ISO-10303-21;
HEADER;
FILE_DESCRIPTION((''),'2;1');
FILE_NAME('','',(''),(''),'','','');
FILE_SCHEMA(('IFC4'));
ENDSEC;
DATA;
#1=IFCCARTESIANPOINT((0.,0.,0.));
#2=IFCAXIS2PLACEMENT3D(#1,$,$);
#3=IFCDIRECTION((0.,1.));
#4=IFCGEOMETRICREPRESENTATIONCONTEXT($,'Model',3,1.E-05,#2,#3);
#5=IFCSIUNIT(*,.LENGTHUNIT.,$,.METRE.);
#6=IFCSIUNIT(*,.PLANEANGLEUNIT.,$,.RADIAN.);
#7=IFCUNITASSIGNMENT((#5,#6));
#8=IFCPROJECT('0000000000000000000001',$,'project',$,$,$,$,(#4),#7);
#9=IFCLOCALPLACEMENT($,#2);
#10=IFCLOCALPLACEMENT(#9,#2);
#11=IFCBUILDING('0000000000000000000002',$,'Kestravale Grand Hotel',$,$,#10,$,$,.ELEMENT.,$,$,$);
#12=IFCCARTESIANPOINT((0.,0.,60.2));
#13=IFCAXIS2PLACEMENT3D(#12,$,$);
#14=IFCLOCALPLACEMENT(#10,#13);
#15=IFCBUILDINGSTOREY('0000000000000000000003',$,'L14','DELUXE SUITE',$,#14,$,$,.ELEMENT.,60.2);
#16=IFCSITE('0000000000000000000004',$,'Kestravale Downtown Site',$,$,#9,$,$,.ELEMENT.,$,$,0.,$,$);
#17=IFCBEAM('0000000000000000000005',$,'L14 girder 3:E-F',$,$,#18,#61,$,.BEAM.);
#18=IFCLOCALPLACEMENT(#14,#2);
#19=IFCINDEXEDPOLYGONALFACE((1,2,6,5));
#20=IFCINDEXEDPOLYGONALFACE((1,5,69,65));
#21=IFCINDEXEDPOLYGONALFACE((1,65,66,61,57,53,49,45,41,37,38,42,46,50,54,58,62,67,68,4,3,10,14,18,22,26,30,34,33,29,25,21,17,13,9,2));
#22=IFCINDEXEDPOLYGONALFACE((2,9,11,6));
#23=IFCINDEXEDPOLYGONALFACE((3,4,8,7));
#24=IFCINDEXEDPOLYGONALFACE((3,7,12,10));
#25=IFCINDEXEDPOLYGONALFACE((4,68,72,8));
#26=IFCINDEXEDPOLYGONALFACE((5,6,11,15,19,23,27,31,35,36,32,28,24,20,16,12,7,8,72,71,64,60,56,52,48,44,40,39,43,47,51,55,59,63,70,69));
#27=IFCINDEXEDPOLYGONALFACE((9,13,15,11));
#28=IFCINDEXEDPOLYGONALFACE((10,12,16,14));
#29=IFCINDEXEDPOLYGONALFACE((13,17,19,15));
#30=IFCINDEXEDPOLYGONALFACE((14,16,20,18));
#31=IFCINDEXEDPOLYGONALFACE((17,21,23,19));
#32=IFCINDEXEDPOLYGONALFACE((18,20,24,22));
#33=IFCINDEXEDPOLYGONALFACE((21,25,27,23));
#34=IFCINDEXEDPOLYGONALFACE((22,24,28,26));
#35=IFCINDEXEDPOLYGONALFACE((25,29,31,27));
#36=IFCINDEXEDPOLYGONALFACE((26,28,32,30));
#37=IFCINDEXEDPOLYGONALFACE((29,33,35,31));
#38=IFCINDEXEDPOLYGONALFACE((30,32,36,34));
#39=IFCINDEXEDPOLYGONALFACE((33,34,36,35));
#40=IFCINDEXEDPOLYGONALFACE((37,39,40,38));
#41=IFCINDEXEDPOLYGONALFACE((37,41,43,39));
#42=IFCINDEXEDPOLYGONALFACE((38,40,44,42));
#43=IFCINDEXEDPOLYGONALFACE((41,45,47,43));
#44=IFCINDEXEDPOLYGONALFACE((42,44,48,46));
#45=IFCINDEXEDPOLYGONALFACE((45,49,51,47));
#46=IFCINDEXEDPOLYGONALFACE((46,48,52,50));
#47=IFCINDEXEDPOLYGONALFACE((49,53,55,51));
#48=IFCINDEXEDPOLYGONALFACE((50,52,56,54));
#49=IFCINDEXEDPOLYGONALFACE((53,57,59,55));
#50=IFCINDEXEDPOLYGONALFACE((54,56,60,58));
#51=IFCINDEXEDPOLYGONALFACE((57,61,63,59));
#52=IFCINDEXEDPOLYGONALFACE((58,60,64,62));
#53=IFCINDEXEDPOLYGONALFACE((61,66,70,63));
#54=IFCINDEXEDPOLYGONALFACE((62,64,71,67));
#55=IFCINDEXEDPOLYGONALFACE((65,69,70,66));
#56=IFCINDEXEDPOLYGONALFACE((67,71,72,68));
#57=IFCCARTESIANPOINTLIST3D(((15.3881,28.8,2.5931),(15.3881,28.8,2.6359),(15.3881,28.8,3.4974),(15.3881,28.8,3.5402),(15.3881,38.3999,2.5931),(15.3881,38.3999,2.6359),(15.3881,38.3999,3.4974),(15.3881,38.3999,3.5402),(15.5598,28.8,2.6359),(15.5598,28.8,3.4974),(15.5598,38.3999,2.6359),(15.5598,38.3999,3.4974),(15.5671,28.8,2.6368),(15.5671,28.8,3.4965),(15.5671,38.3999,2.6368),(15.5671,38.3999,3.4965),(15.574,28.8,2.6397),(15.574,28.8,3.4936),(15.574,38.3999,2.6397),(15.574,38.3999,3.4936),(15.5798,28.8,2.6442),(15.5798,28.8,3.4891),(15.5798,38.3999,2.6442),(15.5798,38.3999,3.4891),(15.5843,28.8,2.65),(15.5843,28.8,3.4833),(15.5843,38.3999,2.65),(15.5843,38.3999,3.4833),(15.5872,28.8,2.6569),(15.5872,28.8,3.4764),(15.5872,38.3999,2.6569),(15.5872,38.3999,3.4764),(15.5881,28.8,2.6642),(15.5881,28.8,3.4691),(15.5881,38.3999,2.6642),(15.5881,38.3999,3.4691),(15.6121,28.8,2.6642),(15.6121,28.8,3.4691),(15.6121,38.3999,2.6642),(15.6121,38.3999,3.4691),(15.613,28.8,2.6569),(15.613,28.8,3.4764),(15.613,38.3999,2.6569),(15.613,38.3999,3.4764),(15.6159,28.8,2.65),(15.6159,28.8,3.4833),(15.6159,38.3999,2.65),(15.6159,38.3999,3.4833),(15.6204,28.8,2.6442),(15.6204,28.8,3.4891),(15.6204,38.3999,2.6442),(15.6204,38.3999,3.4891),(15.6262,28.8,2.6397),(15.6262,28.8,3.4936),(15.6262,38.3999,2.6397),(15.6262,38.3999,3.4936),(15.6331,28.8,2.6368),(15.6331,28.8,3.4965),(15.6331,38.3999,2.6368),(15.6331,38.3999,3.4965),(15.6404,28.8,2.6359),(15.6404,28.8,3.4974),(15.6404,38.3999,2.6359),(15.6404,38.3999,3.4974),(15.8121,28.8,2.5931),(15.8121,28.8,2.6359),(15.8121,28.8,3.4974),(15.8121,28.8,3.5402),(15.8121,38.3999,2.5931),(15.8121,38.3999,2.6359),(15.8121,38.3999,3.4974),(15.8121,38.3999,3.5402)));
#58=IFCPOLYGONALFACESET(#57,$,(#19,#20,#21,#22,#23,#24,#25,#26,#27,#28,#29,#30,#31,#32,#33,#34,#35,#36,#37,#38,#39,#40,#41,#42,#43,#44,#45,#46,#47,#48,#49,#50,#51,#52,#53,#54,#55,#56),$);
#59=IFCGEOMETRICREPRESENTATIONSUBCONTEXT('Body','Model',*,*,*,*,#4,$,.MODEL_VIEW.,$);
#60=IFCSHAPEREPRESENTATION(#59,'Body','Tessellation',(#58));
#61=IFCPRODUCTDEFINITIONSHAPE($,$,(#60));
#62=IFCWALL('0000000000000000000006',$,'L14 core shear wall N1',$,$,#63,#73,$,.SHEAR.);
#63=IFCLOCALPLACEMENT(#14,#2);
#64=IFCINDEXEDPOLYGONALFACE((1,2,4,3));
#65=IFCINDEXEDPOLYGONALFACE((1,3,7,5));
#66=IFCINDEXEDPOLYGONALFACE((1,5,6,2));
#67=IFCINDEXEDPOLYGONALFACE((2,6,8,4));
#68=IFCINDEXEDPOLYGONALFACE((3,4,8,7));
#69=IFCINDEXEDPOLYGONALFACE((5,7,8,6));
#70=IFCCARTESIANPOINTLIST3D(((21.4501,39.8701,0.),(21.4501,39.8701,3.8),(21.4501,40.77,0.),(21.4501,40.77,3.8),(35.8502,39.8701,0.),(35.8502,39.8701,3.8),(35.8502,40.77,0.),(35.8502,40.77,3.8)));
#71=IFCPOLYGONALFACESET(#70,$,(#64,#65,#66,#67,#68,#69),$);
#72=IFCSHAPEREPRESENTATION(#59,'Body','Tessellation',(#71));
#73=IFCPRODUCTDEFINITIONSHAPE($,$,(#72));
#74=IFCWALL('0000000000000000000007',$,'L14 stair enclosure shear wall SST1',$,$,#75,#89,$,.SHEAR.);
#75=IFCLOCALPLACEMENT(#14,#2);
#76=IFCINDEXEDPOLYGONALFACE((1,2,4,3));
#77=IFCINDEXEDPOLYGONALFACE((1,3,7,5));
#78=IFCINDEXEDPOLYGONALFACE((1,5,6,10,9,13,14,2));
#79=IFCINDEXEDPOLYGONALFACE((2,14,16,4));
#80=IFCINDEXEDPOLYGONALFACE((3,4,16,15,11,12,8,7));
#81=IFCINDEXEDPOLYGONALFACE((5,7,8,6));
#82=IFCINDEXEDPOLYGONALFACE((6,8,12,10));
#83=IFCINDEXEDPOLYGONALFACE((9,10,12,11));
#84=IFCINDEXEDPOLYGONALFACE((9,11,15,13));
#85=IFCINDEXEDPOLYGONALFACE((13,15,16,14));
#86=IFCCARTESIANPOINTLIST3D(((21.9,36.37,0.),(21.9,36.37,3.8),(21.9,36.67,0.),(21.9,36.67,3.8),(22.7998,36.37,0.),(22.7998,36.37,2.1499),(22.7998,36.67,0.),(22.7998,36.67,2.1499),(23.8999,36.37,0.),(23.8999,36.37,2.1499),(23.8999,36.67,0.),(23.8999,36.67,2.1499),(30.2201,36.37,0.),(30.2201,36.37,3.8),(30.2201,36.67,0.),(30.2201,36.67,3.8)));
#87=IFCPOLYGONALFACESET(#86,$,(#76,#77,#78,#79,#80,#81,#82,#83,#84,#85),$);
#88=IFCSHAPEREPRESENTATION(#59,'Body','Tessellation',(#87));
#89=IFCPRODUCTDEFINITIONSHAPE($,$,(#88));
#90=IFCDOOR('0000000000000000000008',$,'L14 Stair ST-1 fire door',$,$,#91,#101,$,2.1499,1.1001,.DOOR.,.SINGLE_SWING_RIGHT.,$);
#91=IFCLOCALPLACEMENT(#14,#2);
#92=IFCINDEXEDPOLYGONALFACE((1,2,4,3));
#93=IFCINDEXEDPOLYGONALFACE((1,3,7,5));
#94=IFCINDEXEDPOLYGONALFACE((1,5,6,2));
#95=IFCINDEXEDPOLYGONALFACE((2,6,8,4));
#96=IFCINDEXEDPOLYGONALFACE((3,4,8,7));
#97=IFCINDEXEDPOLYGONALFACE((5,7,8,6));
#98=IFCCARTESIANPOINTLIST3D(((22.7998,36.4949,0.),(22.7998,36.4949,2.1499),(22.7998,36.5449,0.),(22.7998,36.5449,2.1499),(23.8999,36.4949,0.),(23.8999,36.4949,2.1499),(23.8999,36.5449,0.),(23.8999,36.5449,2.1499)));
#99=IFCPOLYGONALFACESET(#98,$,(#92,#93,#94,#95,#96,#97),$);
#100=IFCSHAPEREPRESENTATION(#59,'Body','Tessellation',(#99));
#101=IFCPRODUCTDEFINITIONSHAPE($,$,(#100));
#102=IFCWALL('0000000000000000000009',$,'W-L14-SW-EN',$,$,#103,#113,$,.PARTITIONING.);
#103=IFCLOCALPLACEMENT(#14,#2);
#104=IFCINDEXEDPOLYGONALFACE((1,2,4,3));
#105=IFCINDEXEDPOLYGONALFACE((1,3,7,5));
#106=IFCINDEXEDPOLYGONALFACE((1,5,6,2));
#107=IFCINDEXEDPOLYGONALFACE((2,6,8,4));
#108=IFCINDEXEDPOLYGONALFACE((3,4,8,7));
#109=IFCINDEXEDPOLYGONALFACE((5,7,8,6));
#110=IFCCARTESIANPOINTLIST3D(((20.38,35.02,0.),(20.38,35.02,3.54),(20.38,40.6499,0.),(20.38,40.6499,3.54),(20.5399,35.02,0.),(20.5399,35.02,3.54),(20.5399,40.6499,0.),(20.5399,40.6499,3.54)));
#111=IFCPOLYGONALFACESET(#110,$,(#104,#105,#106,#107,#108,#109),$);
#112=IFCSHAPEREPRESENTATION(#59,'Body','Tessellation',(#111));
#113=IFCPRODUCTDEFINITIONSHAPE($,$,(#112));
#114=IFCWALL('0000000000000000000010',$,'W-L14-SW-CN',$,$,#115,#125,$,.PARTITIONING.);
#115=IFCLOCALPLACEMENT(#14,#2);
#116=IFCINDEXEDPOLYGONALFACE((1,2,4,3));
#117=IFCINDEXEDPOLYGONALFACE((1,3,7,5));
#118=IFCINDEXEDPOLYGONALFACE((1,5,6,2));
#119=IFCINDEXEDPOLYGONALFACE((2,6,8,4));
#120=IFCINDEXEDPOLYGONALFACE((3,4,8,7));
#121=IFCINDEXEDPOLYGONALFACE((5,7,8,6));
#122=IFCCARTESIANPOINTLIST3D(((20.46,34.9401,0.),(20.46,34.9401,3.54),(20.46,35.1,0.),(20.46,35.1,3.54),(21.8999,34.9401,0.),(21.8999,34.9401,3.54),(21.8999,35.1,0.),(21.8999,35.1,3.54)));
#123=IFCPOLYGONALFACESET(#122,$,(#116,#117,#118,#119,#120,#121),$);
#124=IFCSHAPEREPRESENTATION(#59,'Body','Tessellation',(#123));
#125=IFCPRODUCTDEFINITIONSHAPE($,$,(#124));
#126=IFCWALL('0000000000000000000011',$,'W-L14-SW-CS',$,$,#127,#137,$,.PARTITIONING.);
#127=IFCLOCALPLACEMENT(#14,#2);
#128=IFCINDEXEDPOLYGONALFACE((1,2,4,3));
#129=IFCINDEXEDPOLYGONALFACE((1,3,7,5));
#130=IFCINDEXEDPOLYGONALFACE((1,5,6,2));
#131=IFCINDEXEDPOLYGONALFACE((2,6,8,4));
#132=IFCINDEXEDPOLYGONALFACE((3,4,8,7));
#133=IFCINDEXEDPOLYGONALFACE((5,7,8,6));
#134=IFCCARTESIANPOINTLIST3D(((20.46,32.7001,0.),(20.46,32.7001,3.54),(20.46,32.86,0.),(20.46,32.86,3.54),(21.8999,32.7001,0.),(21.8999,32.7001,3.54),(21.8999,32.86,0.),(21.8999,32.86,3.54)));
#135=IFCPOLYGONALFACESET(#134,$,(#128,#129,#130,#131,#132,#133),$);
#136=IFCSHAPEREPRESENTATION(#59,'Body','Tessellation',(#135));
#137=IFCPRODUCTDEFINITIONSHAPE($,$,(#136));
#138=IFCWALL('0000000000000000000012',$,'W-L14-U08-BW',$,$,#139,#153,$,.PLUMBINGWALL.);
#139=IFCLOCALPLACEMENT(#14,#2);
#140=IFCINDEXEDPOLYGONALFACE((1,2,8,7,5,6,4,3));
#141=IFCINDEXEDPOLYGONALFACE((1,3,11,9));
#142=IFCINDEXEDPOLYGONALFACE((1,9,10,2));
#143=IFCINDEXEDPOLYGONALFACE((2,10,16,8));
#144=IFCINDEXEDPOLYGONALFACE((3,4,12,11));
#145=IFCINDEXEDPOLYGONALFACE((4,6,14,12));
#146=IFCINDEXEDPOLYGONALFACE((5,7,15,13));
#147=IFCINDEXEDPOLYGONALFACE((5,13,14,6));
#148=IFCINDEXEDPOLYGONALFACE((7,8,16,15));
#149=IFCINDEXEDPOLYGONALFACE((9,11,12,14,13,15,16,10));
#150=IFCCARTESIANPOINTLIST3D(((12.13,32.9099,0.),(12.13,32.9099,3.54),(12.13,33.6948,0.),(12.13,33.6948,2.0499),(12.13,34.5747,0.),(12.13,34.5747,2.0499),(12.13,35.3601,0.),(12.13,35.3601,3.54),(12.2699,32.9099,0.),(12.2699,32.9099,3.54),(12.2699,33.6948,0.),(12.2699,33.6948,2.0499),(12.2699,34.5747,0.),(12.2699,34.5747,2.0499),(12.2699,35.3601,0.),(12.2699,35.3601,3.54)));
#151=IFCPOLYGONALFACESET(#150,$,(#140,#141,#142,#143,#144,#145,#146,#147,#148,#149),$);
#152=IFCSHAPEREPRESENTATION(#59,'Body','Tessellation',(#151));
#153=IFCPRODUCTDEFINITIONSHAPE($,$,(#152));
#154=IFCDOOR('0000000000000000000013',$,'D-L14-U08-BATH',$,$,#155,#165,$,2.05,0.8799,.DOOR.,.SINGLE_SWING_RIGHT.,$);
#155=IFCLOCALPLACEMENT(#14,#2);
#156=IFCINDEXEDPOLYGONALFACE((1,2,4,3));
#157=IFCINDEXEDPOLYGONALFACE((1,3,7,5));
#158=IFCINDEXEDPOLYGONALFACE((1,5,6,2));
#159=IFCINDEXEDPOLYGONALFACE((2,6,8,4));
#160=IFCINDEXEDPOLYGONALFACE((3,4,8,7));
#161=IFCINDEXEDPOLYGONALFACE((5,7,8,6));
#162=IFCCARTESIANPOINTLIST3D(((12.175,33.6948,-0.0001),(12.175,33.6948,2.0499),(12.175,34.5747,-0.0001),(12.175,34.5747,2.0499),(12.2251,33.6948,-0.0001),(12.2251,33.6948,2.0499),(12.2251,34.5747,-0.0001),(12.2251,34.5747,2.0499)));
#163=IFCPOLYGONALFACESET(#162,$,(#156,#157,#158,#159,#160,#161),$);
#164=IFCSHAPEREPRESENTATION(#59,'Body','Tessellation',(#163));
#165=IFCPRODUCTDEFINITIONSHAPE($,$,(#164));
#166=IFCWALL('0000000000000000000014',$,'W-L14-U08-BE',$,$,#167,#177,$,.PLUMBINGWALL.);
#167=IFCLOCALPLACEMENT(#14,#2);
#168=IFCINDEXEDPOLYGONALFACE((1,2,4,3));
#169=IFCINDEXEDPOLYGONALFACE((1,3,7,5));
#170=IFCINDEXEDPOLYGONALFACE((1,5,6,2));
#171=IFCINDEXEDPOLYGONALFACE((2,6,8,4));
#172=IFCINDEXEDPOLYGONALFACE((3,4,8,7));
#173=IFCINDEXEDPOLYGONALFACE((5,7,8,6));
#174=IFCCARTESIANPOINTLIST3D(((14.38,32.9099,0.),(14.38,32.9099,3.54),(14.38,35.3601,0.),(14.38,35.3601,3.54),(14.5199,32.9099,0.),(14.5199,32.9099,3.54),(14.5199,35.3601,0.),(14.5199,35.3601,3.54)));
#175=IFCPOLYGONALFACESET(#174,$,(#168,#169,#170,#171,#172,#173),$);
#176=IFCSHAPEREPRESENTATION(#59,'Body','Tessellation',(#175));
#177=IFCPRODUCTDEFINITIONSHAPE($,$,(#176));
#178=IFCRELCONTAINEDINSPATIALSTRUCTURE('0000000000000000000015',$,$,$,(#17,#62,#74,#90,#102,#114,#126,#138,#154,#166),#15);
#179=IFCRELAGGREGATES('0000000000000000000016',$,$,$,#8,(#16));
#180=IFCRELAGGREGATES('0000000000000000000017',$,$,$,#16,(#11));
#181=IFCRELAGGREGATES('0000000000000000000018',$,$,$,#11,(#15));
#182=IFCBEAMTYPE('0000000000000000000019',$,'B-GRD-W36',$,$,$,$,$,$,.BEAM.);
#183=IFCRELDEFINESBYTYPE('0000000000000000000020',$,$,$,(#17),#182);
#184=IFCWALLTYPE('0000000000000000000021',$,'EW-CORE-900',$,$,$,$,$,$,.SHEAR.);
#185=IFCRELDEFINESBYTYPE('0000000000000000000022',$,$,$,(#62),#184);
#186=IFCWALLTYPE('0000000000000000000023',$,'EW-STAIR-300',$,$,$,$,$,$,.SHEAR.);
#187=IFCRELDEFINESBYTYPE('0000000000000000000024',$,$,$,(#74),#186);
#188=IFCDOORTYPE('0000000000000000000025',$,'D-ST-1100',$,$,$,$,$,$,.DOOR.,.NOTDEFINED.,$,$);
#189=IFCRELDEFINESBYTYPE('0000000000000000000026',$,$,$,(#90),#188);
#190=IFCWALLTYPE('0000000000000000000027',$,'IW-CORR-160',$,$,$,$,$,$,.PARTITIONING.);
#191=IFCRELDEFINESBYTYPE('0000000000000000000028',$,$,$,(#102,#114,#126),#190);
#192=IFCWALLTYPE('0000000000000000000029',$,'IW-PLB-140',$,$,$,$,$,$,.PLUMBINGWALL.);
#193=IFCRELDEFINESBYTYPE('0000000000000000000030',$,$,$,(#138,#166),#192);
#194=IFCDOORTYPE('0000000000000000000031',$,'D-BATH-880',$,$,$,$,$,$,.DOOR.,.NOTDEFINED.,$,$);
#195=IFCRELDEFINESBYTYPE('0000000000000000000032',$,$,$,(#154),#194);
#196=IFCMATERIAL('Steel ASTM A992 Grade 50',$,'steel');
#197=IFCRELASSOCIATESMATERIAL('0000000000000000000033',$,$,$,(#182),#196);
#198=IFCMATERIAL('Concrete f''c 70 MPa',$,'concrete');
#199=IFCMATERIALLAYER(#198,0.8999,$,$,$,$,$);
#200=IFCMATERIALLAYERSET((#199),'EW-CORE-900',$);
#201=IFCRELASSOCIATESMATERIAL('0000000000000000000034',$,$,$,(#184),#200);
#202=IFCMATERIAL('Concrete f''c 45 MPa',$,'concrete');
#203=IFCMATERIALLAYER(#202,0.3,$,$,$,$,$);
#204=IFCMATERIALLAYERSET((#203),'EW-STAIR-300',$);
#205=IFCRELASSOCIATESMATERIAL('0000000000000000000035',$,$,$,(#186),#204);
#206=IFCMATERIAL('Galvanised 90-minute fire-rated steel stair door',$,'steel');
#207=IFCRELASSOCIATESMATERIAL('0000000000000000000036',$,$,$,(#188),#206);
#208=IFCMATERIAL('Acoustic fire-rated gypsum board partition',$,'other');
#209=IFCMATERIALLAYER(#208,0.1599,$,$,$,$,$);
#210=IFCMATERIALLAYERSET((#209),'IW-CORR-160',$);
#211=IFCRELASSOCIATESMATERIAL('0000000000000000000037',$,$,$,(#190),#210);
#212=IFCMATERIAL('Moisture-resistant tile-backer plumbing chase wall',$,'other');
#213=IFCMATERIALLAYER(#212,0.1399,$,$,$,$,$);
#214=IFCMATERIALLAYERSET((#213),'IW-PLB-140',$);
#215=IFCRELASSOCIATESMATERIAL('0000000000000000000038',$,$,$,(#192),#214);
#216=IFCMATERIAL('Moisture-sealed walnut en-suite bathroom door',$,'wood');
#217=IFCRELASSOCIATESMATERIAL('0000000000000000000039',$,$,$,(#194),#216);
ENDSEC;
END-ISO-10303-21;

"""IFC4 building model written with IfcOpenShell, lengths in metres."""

from ifc_helpers import new_model, si_unit, direction, frame, frame_2d, origin, origin_2d, place, context, subcontext, project, spatial, rectangle, i_section, extrude, material, layer, layer_set, material_profile, profile_set, type_object, element, fill, save


model = new_model("IFC4")

# Units and contexts
model_context = context("Model", 3, precision=1e-05, world=origin(), true_north=direction((0.0, 1.0)))
body_context = subcontext(model_context, "Body", "Model", "MODEL_VIEW")
ifc_project = project(units=[si_unit("LENGTHUNIT", "METRE"), si_unit("PLANEANGLEUNIT", "RADIAN")], contexts=[model_context])

# Site, building, storey
site_placement = place(None, origin())
site = spatial("IfcSite", under=ifc_project, at=site_placement, Name="Kestravale Downtown Site", CompositionType="ELEMENT", RefElevation=0.0)
building_placement = place(site_placement, origin())
building = spatial("IfcBuilding", under=site, at=building_placement, Name="Kestravale Grand Hotel", CompositionType="ELEMENT")
storey_placement = place(building_placement, frame((0.0, 0.0, 60.2)))
storey = spatial("IfcBuildingStorey", under=building, at=storey_placement, Name="L14", Description="DELUXE SUITE", CompositionType="ELEMENT", Elevation=60.2)

# Beam
ifc_material_1 = material(Name="Steel ASTM A992 Grade 50", Category="steel")
ifc_material_profile_1 = material_profile(ifc_material_1, i_section(OverallWidth=0.4241, OverallDepth=0.947, WebThickness=0.0239, FlangeThickness=0.0427, FilletRadius=0.0283, at=origin_2d()))
ifc_profile_set_1 = profile_set([ifc_material_profile_1], Name="Steel ASTM A992 Grade 50")
beam_type_1 = type_object("IfcBeamType", Name="B-GRD-W36", PredefinedType="BEAM", material=ifc_profile_set_1)
beam_1_placement = place(storey_placement, frame((15.6001, 28.8, 3.0667), z_axis=(0.0, 1.0, 0.0), x_axis=(-1.0, 0.0, 0.0)))
element("IfcBeam", 1, at=beam_1_placement, inside=storey, type_object=beam_type_1, Name="L14 girder 3:E-F", PredefinedType="BEAM", context=body_context, shape_type="SweptSolid", body=[
    extrude(i_section(OverallWidth=0.4241, OverallDepth=0.947, WebThickness=0.0239, FlangeThickness=0.0427, FilletRadius=0.0283, at=origin_2d()), origin(), (0.0, 0.0, 1.0), 9.5999),
])

# Wall
ifc_material_2 = material(Name="Concrete f'c 70 MPa", Category="concrete")
ifc_layer_1 = layer(ifc_material_2, 0.8999)
ifc_layer_set_1 = layer_set([ifc_layer_1], Name="EW-CORE-900")
wall_type_1 = type_object("IfcWallType", Name="EW-CORE-900", PredefinedType="SHEAR", material=ifc_layer_set_1)
wall_1_placement = place(storey_placement, frame((21.45, 40.3201, 0.0), z_axis=(0.0, 0.0, 1.0), x_axis=(1.0, 0.0, 0.0)))
element("IfcWall", 2, at=wall_1_placement, inside=storey, type_object=wall_type_1, Name="L14 core shear wall N1", PredefinedType="SHEAR", context=body_context, shape_type="SweptSolid", body=[
    extrude(rectangle(XDim=14.4001, YDim=0.8999, at=frame_2d((7.2002, 0.0))), origin(), (0.0, 0.0, 1.0), 3.8),
])

# Wall, opening, door
ifc_material_3 = material(Name="Concrete f'c 45 MPa", Category="concrete")
ifc_layer_2 = layer(ifc_material_3, 0.3)
ifc_layer_set_2 = layer_set([ifc_layer_2], Name="EW-STAIR-300")
wall_type_2 = type_object("IfcWallType", Name="EW-STAIR-300", PredefinedType="SHEAR", material=ifc_layer_set_2)
wall_2_placement = place(storey_placement, frame((21.8999, 36.52, 0.0), z_axis=(0.0, 0.0, 1.0), x_axis=(1.0, 0.0, 0.0)))
wall_2 = element("IfcWall", 3, at=wall_2_placement, inside=storey, type_object=wall_type_2, Name="L14 stair enclosure shear wall SST1", PredefinedType="SHEAR", context=body_context, shape_type="SweptSolid", body=[
    extrude(rectangle(XDim=8.3201, YDim=0.3, at=frame_2d((4.1602, 0.0))), origin(), (0.0, 0.0, 1.0), 3.8),
])
opening_1_placement = place(wall_2_placement, frame((0.8999, 0.0, 0.0)))
opening_1 = element("IfcOpeningElement", 4, at=opening_1_placement, cuts=wall_2, PredefinedType="OPENING", context=body_context, shape_type="SweptSolid", body=[
    extrude(rectangle(XDim=1.1001, YDim=2.1499, at=frame_2d((0.55, 1.075))), frame((0.0, 0.1599, 0.0), z_axis=(0.0, -1.0, 0.0), x_axis=(1.0, 0.0, 0.0)), (0.0, 0.0, 1.0), 0.3201),
])
ifc_material_4 = material(Name="Galvanised 90-minute fire-rated steel stair door", Category="steel")
door_type_1 = type_object("IfcDoorType", Name="D-ST-1100", OperationType="NOTDEFINED", PredefinedType="DOOR", material=ifc_material_4)
door_1_placement = place(opening_1_placement, origin())
door_1 = element("IfcDoor", 5, at=door_1_placement, inside=storey, type_object=door_type_1, Name="L14 Stair ST-1 fire door", OperationType="SINGLE_SWING_RIGHT", OverallHeight=2.1499, OverallWidth=1.1001, PredefinedType="DOOR", context=body_context, shape_type="SweptSolid", body=[
    extrude(rectangle(XDim=1.1001, YDim=2.1499, at=frame_2d((0.55, 1.075))), frame((0.0, 0.0249, 0.0), z_axis=(0.0, -1.0, 0.0), x_axis=(1.0, 0.0, 0.0)), (0.0, 0.0, 1.0), 0.05),
])
fill(opening_1, door_1)

# Walls
ifc_material_5 = material(Name="Acoustic fire-rated gypsum board partition", Category="other")
ifc_layer_3 = layer(ifc_material_5, 0.1599)
ifc_layer_set_3 = layer_set([ifc_layer_3], Name="IW-CORR-160")
wall_type_3 = type_object("IfcWallType", Name="IW-CORR-160", PredefinedType="PARTITIONING", material=ifc_layer_set_3)
wall_3_placement = place(storey_placement, frame((20.46, 35.02, 0.0), z_axis=(0.0, 0.0, 1.0), x_axis=(0.0, 1.0, 0.0)))
element("IfcWall", 6, at=wall_3_placement, inside=storey, type_object=wall_type_3, Name="W-L14-SW-EN", PredefinedType="PARTITIONING", context=body_context, shape_type="SweptSolid", body=[
    extrude(rectangle(XDim=5.6299, YDim=0.1599, at=frame_2d((2.8149, 0.0))), origin(), (0.0, 0.0, 1.0), 3.54),
])
for number, where, z_axis, x_axis, name in (
    (7, (20.46, 35.02, 0.0), (0.0, 0.0, 1.0), (1.0, 0.0, 0.0), "W-L14-SW-CN"),
    (8, (20.46, 32.78, 0.0), (0.0, 0.0, 1.0), (1.0, 0.0, 0.0), "W-L14-SW-CS"),
):
    element("IfcWall", number, at=place(storey_placement, frame(where, z_axis=z_axis, x_axis=x_axis)), inside=storey, type_object=wall_type_3, Name=name, PredefinedType="PARTITIONING", context=body_context, shape_type="SweptSolid", body=[
        extrude(rectangle(XDim=1.4399, YDim=0.1599, at=frame_2d((0.72, 0.0))), origin(), (0.0, 0.0, 1.0), 3.54),
    ])

# Wall, opening, door
ifc_material_6 = material(Name="Moisture-resistant tile-backer plumbing chase wall", Category="other")
ifc_layer_4 = layer(ifc_material_6, 0.1399)
ifc_layer_set_4 = layer_set([ifc_layer_4], Name="IW-PLB-140")
wall_type_4 = type_object("IfcWallType", Name="IW-PLB-140", PredefinedType="PLUMBINGWALL", material=ifc_layer_set_4)
wall_4_placement = place(storey_placement, frame((12.2, 32.9099, 0.0), z_axis=(0.0, 0.0, 1.0), x_axis=(0.0, 1.0, 0.0)))
wall_4 = element("IfcWall", 9, at=wall_4_placement, inside=storey, type_object=wall_type_4, Name="W-L14-U08-BW", PredefinedType="PLUMBINGWALL", context=body_context, shape_type="SweptSolid", body=[
    extrude(rectangle(XDim=2.4502, YDim=0.1399, at=frame_2d((1.2251, 0.0))), origin(), (0.0, 0.0, 1.0), 3.54),
])
opening_2_placement = place(wall_4_placement, frame((0.7849, 0.0, 0.0)))
opening_2 = element("IfcOpeningElement", 10, at=opening_2_placement, cuts=wall_4, PredefinedType="OPENING", context=body_context, shape_type="SweptSolid", body=[
    extrude(rectangle(XDim=0.8799, YDim=2.05, at=frame_2d((0.4399, 1.0249))), frame((0.0, 0.0798, 0.0), z_axis=(0.0, -1.0, 0.0), x_axis=(1.0, 0.0, 0.0)), (0.0, 0.0, 1.0), 0.1599),
])
ifc_material_7 = material(Name="Moisture-sealed walnut en-suite bathroom door", Category="wood")
door_type_2 = type_object("IfcDoorType", Name="D-BATH-880", OperationType="NOTDEFINED", PredefinedType="DOOR", material=ifc_material_7)
door_2_placement = place(opening_2_placement, origin())
door_2 = element("IfcDoor", 11, at=door_2_placement, inside=storey, type_object=door_type_2, Name="D-L14-U08-BATH", OperationType="SINGLE_SWING_RIGHT", OverallHeight=2.05, OverallWidth=0.8799, PredefinedType="DOOR", context=body_context, shape_type="SweptSolid", body=[
    extrude(rectangle(XDim=0.8799, YDim=2.05, at=frame_2d((0.4399, 1.0249))), frame((0.0, 0.0249, 0.0), z_axis=(0.0, -1.0, 0.0), x_axis=(1.0, 0.0, 0.0)), (0.0, 0.0, 1.0), 0.05),
])
fill(opening_2, door_2)

# Wall
wall_5_placement = place(storey_placement, frame((14.45, 32.9099, 0.0), z_axis=(0.0, 0.0, 1.0), x_axis=(0.0, 1.0, 0.0)))
element("IfcWall", 12, at=wall_5_placement, inside=storey, type_object=wall_type_4, Name="W-L14-U08-BE", PredefinedType="PLUMBINGWALL", context=body_context, shape_type="SweptSolid", body=[
    extrude(rectangle(XDim=2.4502, YDim=0.1399, at=frame_2d((1.2251, 0.0))), origin(), (0.0, 0.0, 1.0), 3.54),
])

save(model, "model.ifc")
